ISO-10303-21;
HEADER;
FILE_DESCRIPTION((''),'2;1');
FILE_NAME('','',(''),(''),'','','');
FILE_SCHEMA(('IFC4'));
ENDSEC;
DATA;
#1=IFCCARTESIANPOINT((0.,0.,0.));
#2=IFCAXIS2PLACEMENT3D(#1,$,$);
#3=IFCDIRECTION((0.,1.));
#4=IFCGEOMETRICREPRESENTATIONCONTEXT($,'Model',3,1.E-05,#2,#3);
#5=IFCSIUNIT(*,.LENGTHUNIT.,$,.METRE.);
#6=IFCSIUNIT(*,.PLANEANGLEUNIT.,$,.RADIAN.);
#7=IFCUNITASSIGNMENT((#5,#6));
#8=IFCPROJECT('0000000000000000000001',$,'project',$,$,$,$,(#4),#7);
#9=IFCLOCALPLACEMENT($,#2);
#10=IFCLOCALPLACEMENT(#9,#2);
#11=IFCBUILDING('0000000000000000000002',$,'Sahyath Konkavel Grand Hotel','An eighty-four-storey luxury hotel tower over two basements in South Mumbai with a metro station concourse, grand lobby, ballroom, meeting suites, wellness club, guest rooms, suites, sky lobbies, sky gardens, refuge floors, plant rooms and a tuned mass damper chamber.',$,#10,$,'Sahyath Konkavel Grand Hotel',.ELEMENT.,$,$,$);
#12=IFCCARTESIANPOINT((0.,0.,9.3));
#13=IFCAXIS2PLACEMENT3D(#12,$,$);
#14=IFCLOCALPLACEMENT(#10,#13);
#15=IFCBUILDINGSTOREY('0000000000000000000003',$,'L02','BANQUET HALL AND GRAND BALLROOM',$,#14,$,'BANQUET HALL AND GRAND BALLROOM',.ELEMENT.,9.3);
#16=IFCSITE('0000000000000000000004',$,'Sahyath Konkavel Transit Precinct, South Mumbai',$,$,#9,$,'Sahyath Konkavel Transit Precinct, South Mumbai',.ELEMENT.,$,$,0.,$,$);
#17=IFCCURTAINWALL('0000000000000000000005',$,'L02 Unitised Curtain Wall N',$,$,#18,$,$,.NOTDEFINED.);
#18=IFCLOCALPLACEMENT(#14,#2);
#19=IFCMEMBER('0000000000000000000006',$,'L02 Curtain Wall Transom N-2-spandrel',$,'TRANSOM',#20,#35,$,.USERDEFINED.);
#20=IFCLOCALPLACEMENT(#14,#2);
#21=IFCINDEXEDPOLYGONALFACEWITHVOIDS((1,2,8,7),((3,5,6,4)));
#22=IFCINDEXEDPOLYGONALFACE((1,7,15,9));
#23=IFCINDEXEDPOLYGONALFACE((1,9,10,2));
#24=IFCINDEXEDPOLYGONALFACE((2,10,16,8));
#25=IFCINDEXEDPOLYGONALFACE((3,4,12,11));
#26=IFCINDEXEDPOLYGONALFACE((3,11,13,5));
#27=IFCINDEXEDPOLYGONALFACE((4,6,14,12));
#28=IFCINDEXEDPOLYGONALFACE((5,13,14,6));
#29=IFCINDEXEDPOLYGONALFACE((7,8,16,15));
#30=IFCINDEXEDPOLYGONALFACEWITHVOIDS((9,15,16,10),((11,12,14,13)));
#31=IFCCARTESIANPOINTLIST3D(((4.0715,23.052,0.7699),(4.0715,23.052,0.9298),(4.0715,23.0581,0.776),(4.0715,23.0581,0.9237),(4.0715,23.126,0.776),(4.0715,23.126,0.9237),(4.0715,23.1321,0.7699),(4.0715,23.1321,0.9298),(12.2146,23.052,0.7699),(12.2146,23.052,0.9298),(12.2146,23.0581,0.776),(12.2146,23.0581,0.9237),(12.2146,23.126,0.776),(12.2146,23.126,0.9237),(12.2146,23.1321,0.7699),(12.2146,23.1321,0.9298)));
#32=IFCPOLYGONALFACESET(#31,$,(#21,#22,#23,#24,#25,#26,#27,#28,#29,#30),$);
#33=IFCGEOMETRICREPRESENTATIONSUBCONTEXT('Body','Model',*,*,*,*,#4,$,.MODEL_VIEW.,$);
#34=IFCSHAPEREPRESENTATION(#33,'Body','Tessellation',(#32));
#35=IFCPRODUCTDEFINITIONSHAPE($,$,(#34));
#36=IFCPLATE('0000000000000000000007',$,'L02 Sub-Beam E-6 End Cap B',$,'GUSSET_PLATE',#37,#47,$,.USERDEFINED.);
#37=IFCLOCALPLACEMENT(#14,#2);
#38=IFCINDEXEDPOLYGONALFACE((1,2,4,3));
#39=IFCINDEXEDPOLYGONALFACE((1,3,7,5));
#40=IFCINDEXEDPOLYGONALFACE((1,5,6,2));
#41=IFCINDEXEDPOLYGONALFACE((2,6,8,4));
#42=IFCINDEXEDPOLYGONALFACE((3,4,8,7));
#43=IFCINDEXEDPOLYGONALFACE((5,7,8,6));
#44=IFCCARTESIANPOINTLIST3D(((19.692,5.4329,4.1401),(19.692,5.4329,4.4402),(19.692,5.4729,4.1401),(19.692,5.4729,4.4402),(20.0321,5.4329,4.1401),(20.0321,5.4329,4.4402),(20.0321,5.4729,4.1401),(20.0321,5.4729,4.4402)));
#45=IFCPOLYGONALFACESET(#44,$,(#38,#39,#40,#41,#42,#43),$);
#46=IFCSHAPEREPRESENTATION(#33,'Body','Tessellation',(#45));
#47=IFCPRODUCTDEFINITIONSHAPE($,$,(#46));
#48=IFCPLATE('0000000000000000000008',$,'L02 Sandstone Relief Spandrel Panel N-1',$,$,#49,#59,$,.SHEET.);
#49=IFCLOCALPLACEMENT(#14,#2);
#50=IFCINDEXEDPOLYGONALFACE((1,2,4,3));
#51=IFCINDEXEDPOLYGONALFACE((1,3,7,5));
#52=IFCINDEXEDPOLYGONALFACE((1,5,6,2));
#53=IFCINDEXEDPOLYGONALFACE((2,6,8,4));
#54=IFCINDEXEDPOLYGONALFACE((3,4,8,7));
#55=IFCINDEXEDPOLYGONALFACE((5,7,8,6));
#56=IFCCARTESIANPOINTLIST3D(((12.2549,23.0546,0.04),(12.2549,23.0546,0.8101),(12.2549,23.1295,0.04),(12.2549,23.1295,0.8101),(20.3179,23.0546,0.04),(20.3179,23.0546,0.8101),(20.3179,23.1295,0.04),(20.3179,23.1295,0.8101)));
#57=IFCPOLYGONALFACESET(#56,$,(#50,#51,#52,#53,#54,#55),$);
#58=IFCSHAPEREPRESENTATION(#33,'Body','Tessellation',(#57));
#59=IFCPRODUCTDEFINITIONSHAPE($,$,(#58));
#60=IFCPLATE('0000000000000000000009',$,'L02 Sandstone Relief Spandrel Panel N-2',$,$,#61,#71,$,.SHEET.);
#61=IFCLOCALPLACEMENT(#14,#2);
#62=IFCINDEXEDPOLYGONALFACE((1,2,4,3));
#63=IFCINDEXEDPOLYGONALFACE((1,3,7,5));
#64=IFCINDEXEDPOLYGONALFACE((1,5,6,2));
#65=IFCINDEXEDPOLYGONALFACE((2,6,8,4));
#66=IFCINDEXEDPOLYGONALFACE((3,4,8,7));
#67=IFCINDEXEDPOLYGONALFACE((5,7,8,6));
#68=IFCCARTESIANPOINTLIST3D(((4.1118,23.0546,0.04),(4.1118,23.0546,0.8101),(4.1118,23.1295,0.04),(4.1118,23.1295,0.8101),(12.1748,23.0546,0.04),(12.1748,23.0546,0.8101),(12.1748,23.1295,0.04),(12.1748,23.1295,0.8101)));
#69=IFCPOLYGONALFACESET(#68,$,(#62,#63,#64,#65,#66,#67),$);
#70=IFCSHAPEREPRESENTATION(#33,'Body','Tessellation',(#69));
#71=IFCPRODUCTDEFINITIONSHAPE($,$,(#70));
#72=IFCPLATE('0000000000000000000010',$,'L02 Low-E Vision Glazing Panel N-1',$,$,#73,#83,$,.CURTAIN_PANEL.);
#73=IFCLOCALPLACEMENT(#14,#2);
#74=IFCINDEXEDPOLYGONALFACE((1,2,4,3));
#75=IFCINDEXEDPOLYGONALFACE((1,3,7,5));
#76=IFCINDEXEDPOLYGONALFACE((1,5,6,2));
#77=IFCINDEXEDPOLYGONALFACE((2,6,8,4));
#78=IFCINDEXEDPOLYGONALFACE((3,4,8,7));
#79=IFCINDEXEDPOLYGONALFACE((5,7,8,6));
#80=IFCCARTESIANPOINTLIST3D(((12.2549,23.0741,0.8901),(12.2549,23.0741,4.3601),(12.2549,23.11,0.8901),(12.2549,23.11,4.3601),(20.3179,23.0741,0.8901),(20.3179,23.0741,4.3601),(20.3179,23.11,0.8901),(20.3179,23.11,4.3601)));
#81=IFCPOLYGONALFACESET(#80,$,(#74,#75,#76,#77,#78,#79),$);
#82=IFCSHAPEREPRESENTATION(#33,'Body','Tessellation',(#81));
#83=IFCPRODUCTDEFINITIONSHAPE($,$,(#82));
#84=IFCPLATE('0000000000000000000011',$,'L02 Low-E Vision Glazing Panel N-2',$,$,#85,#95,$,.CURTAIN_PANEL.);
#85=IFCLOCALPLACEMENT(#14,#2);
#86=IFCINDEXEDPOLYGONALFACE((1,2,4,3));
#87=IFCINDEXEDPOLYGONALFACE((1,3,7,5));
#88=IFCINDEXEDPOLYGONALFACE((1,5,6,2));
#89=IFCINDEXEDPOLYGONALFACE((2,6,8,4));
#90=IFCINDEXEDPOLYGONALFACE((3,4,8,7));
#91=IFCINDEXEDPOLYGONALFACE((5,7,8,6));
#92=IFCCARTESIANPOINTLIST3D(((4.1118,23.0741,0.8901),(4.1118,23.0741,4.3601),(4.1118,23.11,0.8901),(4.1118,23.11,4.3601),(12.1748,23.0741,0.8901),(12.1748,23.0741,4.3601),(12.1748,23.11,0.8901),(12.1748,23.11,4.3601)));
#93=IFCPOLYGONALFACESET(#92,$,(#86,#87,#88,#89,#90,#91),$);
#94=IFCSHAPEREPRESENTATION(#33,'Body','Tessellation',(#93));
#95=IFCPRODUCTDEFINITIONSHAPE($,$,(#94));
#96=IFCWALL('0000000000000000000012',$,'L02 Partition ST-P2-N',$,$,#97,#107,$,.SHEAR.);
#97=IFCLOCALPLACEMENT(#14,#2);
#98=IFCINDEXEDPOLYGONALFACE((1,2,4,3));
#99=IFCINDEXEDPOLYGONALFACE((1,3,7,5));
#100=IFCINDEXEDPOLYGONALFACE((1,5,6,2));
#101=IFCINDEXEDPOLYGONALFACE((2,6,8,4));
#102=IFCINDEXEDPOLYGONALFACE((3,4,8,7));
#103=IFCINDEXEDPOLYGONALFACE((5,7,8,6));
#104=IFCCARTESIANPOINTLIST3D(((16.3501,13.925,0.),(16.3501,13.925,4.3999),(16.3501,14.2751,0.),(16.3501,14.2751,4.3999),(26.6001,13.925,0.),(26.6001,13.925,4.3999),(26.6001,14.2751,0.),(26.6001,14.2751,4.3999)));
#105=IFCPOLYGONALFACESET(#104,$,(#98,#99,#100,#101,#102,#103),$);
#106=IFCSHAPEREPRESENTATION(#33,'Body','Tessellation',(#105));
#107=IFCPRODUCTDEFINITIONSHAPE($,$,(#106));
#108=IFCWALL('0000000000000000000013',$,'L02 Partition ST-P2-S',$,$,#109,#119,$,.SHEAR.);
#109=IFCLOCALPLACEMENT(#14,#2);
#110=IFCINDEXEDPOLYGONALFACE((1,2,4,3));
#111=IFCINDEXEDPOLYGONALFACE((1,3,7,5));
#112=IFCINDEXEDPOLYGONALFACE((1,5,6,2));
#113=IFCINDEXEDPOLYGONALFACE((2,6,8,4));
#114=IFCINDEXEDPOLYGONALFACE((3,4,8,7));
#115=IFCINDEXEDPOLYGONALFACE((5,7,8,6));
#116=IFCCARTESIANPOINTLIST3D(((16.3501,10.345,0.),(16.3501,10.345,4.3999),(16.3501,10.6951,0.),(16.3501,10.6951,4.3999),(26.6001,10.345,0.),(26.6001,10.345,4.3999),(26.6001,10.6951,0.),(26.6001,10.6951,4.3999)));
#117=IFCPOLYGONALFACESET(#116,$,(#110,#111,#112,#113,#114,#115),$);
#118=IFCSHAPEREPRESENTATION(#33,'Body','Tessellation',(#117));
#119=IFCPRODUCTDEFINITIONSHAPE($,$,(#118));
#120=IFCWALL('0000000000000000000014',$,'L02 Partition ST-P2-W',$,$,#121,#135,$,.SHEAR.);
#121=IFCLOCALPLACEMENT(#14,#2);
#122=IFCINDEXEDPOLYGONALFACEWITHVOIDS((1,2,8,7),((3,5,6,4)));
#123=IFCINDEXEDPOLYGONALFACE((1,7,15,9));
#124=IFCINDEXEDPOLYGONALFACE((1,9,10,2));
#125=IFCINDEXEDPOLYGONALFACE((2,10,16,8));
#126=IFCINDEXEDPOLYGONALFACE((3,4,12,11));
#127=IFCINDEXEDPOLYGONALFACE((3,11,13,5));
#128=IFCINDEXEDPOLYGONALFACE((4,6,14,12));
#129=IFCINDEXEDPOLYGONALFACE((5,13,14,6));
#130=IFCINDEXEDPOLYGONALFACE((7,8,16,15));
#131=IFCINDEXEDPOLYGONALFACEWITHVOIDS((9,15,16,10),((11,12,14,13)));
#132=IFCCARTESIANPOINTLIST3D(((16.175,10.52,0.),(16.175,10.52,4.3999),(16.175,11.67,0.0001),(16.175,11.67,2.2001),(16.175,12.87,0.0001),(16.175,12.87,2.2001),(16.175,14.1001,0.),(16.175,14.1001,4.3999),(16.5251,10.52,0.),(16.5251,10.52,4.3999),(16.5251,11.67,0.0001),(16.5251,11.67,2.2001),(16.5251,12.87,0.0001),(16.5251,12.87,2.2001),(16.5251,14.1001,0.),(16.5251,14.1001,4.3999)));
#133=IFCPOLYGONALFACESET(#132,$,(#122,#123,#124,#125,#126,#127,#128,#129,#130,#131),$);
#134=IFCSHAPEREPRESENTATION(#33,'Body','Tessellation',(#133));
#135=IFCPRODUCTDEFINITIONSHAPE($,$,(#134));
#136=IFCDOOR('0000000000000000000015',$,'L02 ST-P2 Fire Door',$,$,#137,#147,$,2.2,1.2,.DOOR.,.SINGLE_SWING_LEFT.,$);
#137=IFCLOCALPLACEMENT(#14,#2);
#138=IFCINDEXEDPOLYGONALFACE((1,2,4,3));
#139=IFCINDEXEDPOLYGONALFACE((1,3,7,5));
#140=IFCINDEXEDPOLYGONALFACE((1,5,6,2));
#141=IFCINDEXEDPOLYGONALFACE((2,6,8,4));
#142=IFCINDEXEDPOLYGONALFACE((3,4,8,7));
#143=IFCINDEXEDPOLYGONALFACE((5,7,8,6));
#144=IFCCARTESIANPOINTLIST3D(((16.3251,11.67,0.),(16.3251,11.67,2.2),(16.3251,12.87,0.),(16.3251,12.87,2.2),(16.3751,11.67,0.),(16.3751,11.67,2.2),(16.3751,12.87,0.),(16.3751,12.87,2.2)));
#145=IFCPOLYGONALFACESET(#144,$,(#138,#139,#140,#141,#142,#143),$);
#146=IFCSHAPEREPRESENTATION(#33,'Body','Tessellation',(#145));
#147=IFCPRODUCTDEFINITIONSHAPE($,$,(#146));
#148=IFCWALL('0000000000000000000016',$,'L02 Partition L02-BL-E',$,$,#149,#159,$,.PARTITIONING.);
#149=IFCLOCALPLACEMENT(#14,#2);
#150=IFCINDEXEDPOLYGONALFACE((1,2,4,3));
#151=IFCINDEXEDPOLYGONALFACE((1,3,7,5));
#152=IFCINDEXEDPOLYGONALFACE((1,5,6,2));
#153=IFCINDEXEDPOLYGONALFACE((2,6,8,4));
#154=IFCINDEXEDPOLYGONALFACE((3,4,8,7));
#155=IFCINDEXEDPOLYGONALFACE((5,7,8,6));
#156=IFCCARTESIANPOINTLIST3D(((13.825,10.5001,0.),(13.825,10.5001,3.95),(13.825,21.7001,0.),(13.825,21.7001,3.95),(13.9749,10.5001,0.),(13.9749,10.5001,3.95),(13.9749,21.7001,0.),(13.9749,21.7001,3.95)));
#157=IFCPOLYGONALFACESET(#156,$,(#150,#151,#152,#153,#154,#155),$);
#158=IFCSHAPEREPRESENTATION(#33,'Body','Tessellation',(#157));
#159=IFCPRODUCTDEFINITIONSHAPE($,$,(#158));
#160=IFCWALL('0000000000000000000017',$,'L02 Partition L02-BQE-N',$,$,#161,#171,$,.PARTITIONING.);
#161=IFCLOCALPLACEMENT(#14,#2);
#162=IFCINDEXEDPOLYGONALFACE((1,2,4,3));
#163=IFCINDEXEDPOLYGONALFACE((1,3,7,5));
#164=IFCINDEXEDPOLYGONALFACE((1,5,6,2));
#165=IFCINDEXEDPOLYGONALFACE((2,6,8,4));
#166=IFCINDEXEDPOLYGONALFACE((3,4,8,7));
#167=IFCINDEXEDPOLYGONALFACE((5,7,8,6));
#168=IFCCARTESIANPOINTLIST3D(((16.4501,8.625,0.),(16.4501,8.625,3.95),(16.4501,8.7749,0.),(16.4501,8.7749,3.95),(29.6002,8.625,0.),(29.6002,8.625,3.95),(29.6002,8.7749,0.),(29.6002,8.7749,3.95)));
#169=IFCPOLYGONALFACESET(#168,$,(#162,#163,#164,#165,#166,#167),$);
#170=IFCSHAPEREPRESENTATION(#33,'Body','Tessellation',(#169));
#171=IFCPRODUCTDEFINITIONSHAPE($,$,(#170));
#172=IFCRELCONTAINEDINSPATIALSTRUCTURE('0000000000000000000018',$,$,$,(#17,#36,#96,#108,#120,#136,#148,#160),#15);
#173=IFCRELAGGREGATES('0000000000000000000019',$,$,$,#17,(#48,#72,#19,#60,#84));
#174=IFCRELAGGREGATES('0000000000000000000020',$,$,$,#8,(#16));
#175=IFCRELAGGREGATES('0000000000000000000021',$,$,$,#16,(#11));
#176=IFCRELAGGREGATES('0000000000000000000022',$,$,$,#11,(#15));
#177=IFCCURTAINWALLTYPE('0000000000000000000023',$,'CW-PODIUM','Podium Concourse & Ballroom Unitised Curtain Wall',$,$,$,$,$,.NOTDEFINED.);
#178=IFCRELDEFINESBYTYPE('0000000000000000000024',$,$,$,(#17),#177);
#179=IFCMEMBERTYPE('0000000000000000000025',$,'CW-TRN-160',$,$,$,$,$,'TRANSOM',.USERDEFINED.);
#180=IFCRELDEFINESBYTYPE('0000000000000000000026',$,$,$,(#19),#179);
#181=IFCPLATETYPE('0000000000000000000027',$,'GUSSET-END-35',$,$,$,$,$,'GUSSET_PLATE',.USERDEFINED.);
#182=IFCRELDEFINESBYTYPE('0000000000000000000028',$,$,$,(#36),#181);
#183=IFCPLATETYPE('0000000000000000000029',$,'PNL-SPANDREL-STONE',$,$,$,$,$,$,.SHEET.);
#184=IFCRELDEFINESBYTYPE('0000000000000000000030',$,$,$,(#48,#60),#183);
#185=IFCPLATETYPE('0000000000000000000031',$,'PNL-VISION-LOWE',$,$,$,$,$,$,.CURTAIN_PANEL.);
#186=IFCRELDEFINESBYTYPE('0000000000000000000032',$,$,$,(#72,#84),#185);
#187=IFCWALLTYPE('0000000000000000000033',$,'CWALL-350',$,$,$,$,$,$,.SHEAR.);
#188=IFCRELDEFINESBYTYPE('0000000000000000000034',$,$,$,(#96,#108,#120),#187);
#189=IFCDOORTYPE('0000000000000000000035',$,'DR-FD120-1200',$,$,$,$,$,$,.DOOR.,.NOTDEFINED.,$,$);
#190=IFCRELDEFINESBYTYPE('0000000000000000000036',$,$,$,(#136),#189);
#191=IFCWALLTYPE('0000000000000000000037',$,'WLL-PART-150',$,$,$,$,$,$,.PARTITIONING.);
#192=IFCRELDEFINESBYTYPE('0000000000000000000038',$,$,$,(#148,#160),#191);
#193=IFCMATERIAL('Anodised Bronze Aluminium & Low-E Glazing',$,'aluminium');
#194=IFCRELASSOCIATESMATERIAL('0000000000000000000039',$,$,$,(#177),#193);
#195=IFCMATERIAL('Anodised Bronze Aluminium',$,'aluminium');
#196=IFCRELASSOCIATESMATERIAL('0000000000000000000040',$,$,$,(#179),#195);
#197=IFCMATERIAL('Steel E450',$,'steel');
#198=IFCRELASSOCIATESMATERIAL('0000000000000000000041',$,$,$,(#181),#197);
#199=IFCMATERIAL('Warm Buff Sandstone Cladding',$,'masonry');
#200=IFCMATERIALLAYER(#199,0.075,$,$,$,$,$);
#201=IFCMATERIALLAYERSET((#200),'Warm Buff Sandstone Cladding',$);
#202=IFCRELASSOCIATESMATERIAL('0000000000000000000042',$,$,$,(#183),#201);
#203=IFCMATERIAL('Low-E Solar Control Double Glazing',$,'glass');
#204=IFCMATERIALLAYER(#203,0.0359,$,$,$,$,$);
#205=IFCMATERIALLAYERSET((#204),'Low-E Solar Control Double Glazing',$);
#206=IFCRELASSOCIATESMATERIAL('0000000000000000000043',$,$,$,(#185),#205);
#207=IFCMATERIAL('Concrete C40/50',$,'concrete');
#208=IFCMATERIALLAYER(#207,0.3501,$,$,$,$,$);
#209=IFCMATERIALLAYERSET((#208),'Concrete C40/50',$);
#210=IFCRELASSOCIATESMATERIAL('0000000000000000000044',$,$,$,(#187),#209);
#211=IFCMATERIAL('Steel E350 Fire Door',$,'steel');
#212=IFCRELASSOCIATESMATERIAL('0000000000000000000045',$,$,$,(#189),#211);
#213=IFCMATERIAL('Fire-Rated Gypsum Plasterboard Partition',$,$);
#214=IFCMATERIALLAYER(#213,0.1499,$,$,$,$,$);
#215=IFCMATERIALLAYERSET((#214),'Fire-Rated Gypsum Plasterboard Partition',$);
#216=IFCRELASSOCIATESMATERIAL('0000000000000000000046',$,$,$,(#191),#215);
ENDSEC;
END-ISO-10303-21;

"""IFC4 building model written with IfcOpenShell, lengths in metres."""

from ifc_helpers import new_model, si_unit, direction, frame, frame_2d, origin, origin_2d, place, context, subcontext, project, spatial, rectangle, hollow_rectangle, extrude, source, transform, mapped, material, layer, layer_set, material_profile, profile_set, type_object, element, fill, aggregate, save


model = new_model("IFC4")

# Units and contexts
model_context = context("Model", 3, precision=1e-05, world=origin(), true_north=direction((0.0, 1.0)))
body_context = subcontext(model_context, "Body", "Model", "MODEL_VIEW")
ifc_project = project(units=[si_unit("LENGTHUNIT", "METRE"), si_unit("PLANEANGLEUNIT", "RADIAN")], contexts=[model_context])

# Site, building, storey
site_placement = place(None, origin())
site = spatial("IfcSite", under=ifc_project, at=site_placement, Name="Sahyath Konkavel Transit Precinct, South Mumbai", LongName="Sahyath Konkavel Transit Precinct, South Mumbai", CompositionType="ELEMENT", RefElevation=0.0)
building_placement = place(site_placement, origin())
building = spatial("IfcBuilding", under=site, at=building_placement, Name="Sahyath Konkavel Grand Hotel", Description="An eighty-four-storey luxury hotel tower over two basements in South Mumbai with a metro station concourse, grand lobby, ballroom, meeting suites, wellness club, guest rooms, suites, sky lobbies, sky gardens, refuge floors, plant rooms and a tuned mass damper chamber.", LongName="Sahyath Konkavel Grand Hotel", CompositionType="ELEMENT")
storey_placement = place(building_placement, frame((0.0, 0.0, 9.3)))
storey = spatial("IfcBuildingStorey", under=building, at=storey_placement, Name="L02", Description="BANQUET HALL AND GRAND BALLROOM", LongName="BANQUET HALL AND GRAND BALLROOM", CompositionType="ELEMENT", Elevation=9.3)

# Curtain wall, member
ifc_material_1 = material(Name="Anodised Bronze Aluminium & Low-E Glazing", Category="aluminium")
curtain_wall_type = type_object("IfcCurtainWallType", Name="CW-PODIUM", Description="Podium Concourse & Ballroom Unitised Curtain Wall", PredefinedType="NOTDEFINED", material=ifc_material_1)
curtain_wall_placement = place(storey_placement, origin())
curtain_wall = element("IfcCurtainWall", 1, at=curtain_wall_placement, inside=storey, type_object=curtain_wall_type, Name="L02 Unitised Curtain Wall N", PredefinedType="NOTDEFINED")
ifc_material_2 = material(Name="Anodised Bronze Aluminium", Category="aluminium")
ifc_material_profile_1 = material_profile(ifc_material_2, hollow_rectangle(XDim=0.0801, YDim=0.1599, WallThickness=0.0061, at=origin_2d()), Name="RHS 160x80x6")
ifc_profile_set_1 = profile_set([ifc_material_profile_1], Name="Anodised Bronze Aluminium")
member_type_1 = type_object("IfcMemberType", Name="CW-TRN-160", ElementType="TRANSOM", PredefinedType="USERDEFINED", material=ifc_profile_set_1)
shared_shape_1 = source(origin(), body_context, "Body", "SweptSolid", [
    extrude(hollow_rectangle(XDim=0.0801, YDim=0.1599, WallThickness=0.0061, at=origin_2d()), origin(), (0.0, 0.0, 1.0), 8.1431),
])
member_1_placement = place(storey_placement, frame((12.2146, 23.092, 0.8499), z_axis=(-1.0, 0.0, 0.0), x_axis=(0.0, -1.0, 0.0)))
member_1 = element("IfcMember", 2, at=member_1_placement, type_object=member_type_1, Name="L02 Curtain Wall Transom N-2-spandrel", ObjectType="TRANSOM", PredefinedType="USERDEFINED", context=body_context, shape_type="MappedRepresentation", body=[
    mapped(shared_shape_1, transform((0.0, 0.0, 0.0), scale=1.0)),
])

# Plates
ifc_material_3 = material(Name="Steel E450", Category="steel")
plate_type_1 = type_object("IfcPlateType", Name="GUSSET-END-35", ElementType="GUSSET_PLATE", PredefinedType="USERDEFINED", material=ifc_material_3)
shared_shape_2 = source(origin(), body_context, "Body", "SweptSolid", [
    extrude(rectangle(XDim=0.04, YDim=0.3401, at=origin_2d()), origin(), (0.0, 0.0, 1.0), 0.3),
])
plate_1_placement = place(storey_placement, frame((19.8621, 5.4529, 4.1401), z_axis=(0.0, 0.0, 1.0), x_axis=(0.0, 1.0, 0.0)))
element("IfcPlate", 3, at=plate_1_placement, inside=storey, type_object=plate_type_1, Name="L02 Sub-Beam E-6 End Cap B", ObjectType="GUSSET_PLATE", PredefinedType="USERDEFINED", context=body_context, shape_type="MappedRepresentation", body=[
    mapped(shared_shape_2, transform((0.0, 0.0, 0.0), scale=1.0)),
])
ifc_material_4 = material(Name="Warm Buff Sandstone Cladding", Category="masonry")
ifc_layer_1 = layer(ifc_material_4, 0.075)
ifc_layer_set_1 = layer_set([ifc_layer_1], Name="Warm Buff Sandstone Cladding")
plate_type_2 = type_object("IfcPlateType", Name="PNL-SPANDREL-STONE", PredefinedType="SHEET", material=ifc_layer_set_1)
shared_shape_3 = source(origin(), body_context, "Body", "SweptSolid", [
    extrude(rectangle(XDim=8.063, YDim=0.075, at=origin_2d()), origin(), (0.0, 0.0, 1.0), 0.77),
])
plate_2_placement = place(storey_placement, frame((16.2864, 23.092, 0.04), z_axis=(0.0, 0.0, 1.0), x_axis=(-1.0, 0.0, 0.0)))
plate_2 = element("IfcPlate", 4, at=plate_2_placement, type_object=plate_type_2, Name="L02 Sandstone Relief Spandrel Panel N-1", PredefinedType="SHEET", context=body_context, shape_type="MappedRepresentation", body=[
    mapped(shared_shape_3, transform((0.0, 0.0, 0.0), scale=1.0)),
])
plate_3_placement = place(storey_placement, frame((8.1433, 23.092, 0.04), z_axis=(0.0, 0.0, 1.0), x_axis=(-1.0, 0.0, 0.0)))
plate_3 = element("IfcPlate", 5, at=plate_3_placement, type_object=plate_type_2, Name="L02 Sandstone Relief Spandrel Panel N-2", PredefinedType="SHEET", context=body_context, shape_type="MappedRepresentation", body=[
    mapped(shared_shape_3, transform((0.0, 0.0, 0.0), scale=1.0)),
])
ifc_material_5 = material(Name="Low-E Solar Control Double Glazing", Category="glass")
ifc_layer_2 = layer(ifc_material_5, 0.0359)
ifc_layer_set_2 = layer_set([ifc_layer_2], Name="Low-E Solar Control Double Glazing")
plate_type_3 = type_object("IfcPlateType", Name="PNL-VISION-LOWE", PredefinedType="CURTAIN_PANEL", material=ifc_layer_set_2)
shared_shape_4 = source(origin(), body_context, "Body", "SweptSolid", [
    extrude(rectangle(XDim=8.063, YDim=0.0359, at=origin_2d()), origin(), (0.0, 0.0, 1.0), 3.47),
])
plate_4_placement = place(storey_placement, frame((16.2864, 23.092, 0.8901), z_axis=(0.0, 0.0, 1.0), x_axis=(-1.0, 0.0, 0.0)))
plate_4 = element("IfcPlate", 6, at=plate_4_placement, type_object=plate_type_3, Name="L02 Low-E Vision Glazing Panel N-1", PredefinedType="CURTAIN_PANEL", context=body_context, shape_type="MappedRepresentation", body=[
    mapped(shared_shape_4, transform((0.0, 0.0, 0.0), scale=1.0)),
])
plate_5_placement = place(storey_placement, frame((8.1433, 23.092, 0.8901), z_axis=(0.0, 0.0, 1.0), x_axis=(-1.0, 0.0, 0.0)))
plate_5 = element("IfcPlate", 7, at=plate_5_placement, type_object=plate_type_3, Name="L02 Low-E Vision Glazing Panel N-2", PredefinedType="CURTAIN_PANEL", context=body_context, shape_type="MappedRepresentation", body=[
    mapped(shared_shape_4, transform((0.0, 0.0, 0.0), scale=1.0)),
])
aggregate(curtain_wall, [plate_2, plate_4, member_1, plate_3, plate_5])

# Walls
ifc_material_6 = material(Name="Concrete C40/50", Category="concrete")
ifc_layer_3 = layer(ifc_material_6, 0.3501)
ifc_layer_set_3 = layer_set([ifc_layer_3], Name="Concrete C40/50")
wall_type_1 = type_object("IfcWallType", Name="CWALL-350", PredefinedType="SHEAR", material=ifc_layer_set_3)
for number, where, z_axis, x_axis, name in (
    (8, (16.3501, 14.1001, 0.0), (0.0, 0.0, 1.0), (1.0, 0.0, 0.0), "L02 Partition ST-P2-N"),
    (9, (16.3501, 10.52, 0.0), (0.0, 0.0, 1.0), (1.0, 0.0, 0.0), "L02 Partition ST-P2-S"),
):
    element("IfcWall", number, at=place(storey_placement, frame(where, z_axis=z_axis, x_axis=x_axis)), inside=storey, type_object=wall_type_1, Name=name, PredefinedType="SHEAR", context=body_context, shape_type="SweptSolid", body=[
        extrude(rectangle(XDim=10.25, YDim=0.3501, at=frame_2d((5.125, 0.0))), origin(), (0.0, 0.0, 1.0), 4.3999),
    ])

# Wall, opening, door
wall_1_placement = place(storey_placement, frame((16.3501, 10.52, 0.0), z_axis=(0.0, 0.0, 1.0), x_axis=(0.0, 1.0, 0.0)))
wall_1 = element("IfcWall", 10, at=wall_1_placement, inside=storey, type_object=wall_type_1, Name="L02 Partition ST-P2-W", PredefinedType="SHEAR", context=body_context, shape_type="SweptSolid", body=[
    extrude(rectangle(XDim=3.5801, YDim=0.3501, at=frame_2d((1.79, 0.0))), origin(), (0.0, 0.0, 1.0), 4.3999),
])
opening_1_placement = place(wall_1_placement, frame((1.1499, 0.0, 0.0)))
opening_1 = element("IfcOpeningElement", 11, at=opening_1_placement, cuts=wall_1, PredefinedType="OPENING", context=body_context, shape_type="SweptSolid", body=[
    extrude(rectangle(XDim=1.2, YDim=2.2, at=frame_2d((0.6001, 1.1001))), frame((0.0, 0.1851, 0.0), z_axis=(0.0, -1.0, 0.0), x_axis=(1.0, 0.0, 0.0)), (0.0, 0.0, 1.0), 0.3701),
])
ifc_material_7 = material(Name="Steel E350 Fire Door", Category="steel")
door_type_1 = type_object("IfcDoorType", Name="DR-FD120-1200", OperationType="NOTDEFINED", PredefinedType="DOOR", material=ifc_material_7)
shared_shape_5 = source(origin(), body_context, "Body", "SweptSolid", [
    extrude(rectangle(XDim=1.2, YDim=0.05, at=origin_2d()), origin(), (0.0, 0.0, 1.0), 2.2),
])
door_1_placement = place(opening_1_placement, frame((0.6001, 0.0, 0.0)))
door_1 = element("IfcDoor", 12, at=door_1_placement, inside=storey, type_object=door_type_1, Name="L02 ST-P2 Fire Door", OperationType="SINGLE_SWING_LEFT", OverallHeight=2.2, OverallWidth=1.2, PredefinedType="DOOR", context=body_context, shape_type="MappedRepresentation", body=[
    mapped(shared_shape_5, transform((0.0, 0.0, 0.0), scale=1.0)),
])
fill(opening_1, door_1)

# Walls
ifc_material_8 = material(Name="Fire-Rated Gypsum Plasterboard Partition")
ifc_layer_4 = layer(ifc_material_8, 0.1499)
ifc_layer_set_4 = layer_set([ifc_layer_4], Name="Fire-Rated Gypsum Plasterboard Partition")
wall_type_2 = type_object("IfcWallType", Name="WLL-PART-150", PredefinedType="PARTITIONING", material=ifc_layer_set_4)
wall_2_placement = place(storey_placement, frame((13.8999, 10.5, 0.0), z_axis=(0.0, 0.0, 1.0), x_axis=(0.0, 1.0, 0.0)))
element("IfcWall", 13, at=wall_2_placement, inside=storey, type_object=wall_type_2, Name="L02 Partition L02-BL-E", PredefinedType="PARTITIONING", context=body_context, shape_type="SweptSolid", body=[
    extrude(rectangle(XDim=11.2, YDim=0.1499, at=frame_2d((5.6001, 0.0))), origin(), (0.0, 0.0, 1.0), 3.95),
])
wall_3_placement = place(storey_placement, frame((16.45, 8.7, 0.0), z_axis=(0.0, 0.0, 1.0), x_axis=(1.0, 0.0, 0.0)))
element("IfcWall", 14, at=wall_3_placement, inside=storey, type_object=wall_type_2, Name="L02 Partition L02-BQE-N", PredefinedType="PARTITIONING", context=body_context, shape_type="SweptSolid", body=[
    extrude(rectangle(XDim=13.1501, YDim=0.1499, at=frame_2d((6.5752, 0.0))), origin(), (0.0, 0.0, 1.0), 3.95),
])

save(model, "model.ifc")
